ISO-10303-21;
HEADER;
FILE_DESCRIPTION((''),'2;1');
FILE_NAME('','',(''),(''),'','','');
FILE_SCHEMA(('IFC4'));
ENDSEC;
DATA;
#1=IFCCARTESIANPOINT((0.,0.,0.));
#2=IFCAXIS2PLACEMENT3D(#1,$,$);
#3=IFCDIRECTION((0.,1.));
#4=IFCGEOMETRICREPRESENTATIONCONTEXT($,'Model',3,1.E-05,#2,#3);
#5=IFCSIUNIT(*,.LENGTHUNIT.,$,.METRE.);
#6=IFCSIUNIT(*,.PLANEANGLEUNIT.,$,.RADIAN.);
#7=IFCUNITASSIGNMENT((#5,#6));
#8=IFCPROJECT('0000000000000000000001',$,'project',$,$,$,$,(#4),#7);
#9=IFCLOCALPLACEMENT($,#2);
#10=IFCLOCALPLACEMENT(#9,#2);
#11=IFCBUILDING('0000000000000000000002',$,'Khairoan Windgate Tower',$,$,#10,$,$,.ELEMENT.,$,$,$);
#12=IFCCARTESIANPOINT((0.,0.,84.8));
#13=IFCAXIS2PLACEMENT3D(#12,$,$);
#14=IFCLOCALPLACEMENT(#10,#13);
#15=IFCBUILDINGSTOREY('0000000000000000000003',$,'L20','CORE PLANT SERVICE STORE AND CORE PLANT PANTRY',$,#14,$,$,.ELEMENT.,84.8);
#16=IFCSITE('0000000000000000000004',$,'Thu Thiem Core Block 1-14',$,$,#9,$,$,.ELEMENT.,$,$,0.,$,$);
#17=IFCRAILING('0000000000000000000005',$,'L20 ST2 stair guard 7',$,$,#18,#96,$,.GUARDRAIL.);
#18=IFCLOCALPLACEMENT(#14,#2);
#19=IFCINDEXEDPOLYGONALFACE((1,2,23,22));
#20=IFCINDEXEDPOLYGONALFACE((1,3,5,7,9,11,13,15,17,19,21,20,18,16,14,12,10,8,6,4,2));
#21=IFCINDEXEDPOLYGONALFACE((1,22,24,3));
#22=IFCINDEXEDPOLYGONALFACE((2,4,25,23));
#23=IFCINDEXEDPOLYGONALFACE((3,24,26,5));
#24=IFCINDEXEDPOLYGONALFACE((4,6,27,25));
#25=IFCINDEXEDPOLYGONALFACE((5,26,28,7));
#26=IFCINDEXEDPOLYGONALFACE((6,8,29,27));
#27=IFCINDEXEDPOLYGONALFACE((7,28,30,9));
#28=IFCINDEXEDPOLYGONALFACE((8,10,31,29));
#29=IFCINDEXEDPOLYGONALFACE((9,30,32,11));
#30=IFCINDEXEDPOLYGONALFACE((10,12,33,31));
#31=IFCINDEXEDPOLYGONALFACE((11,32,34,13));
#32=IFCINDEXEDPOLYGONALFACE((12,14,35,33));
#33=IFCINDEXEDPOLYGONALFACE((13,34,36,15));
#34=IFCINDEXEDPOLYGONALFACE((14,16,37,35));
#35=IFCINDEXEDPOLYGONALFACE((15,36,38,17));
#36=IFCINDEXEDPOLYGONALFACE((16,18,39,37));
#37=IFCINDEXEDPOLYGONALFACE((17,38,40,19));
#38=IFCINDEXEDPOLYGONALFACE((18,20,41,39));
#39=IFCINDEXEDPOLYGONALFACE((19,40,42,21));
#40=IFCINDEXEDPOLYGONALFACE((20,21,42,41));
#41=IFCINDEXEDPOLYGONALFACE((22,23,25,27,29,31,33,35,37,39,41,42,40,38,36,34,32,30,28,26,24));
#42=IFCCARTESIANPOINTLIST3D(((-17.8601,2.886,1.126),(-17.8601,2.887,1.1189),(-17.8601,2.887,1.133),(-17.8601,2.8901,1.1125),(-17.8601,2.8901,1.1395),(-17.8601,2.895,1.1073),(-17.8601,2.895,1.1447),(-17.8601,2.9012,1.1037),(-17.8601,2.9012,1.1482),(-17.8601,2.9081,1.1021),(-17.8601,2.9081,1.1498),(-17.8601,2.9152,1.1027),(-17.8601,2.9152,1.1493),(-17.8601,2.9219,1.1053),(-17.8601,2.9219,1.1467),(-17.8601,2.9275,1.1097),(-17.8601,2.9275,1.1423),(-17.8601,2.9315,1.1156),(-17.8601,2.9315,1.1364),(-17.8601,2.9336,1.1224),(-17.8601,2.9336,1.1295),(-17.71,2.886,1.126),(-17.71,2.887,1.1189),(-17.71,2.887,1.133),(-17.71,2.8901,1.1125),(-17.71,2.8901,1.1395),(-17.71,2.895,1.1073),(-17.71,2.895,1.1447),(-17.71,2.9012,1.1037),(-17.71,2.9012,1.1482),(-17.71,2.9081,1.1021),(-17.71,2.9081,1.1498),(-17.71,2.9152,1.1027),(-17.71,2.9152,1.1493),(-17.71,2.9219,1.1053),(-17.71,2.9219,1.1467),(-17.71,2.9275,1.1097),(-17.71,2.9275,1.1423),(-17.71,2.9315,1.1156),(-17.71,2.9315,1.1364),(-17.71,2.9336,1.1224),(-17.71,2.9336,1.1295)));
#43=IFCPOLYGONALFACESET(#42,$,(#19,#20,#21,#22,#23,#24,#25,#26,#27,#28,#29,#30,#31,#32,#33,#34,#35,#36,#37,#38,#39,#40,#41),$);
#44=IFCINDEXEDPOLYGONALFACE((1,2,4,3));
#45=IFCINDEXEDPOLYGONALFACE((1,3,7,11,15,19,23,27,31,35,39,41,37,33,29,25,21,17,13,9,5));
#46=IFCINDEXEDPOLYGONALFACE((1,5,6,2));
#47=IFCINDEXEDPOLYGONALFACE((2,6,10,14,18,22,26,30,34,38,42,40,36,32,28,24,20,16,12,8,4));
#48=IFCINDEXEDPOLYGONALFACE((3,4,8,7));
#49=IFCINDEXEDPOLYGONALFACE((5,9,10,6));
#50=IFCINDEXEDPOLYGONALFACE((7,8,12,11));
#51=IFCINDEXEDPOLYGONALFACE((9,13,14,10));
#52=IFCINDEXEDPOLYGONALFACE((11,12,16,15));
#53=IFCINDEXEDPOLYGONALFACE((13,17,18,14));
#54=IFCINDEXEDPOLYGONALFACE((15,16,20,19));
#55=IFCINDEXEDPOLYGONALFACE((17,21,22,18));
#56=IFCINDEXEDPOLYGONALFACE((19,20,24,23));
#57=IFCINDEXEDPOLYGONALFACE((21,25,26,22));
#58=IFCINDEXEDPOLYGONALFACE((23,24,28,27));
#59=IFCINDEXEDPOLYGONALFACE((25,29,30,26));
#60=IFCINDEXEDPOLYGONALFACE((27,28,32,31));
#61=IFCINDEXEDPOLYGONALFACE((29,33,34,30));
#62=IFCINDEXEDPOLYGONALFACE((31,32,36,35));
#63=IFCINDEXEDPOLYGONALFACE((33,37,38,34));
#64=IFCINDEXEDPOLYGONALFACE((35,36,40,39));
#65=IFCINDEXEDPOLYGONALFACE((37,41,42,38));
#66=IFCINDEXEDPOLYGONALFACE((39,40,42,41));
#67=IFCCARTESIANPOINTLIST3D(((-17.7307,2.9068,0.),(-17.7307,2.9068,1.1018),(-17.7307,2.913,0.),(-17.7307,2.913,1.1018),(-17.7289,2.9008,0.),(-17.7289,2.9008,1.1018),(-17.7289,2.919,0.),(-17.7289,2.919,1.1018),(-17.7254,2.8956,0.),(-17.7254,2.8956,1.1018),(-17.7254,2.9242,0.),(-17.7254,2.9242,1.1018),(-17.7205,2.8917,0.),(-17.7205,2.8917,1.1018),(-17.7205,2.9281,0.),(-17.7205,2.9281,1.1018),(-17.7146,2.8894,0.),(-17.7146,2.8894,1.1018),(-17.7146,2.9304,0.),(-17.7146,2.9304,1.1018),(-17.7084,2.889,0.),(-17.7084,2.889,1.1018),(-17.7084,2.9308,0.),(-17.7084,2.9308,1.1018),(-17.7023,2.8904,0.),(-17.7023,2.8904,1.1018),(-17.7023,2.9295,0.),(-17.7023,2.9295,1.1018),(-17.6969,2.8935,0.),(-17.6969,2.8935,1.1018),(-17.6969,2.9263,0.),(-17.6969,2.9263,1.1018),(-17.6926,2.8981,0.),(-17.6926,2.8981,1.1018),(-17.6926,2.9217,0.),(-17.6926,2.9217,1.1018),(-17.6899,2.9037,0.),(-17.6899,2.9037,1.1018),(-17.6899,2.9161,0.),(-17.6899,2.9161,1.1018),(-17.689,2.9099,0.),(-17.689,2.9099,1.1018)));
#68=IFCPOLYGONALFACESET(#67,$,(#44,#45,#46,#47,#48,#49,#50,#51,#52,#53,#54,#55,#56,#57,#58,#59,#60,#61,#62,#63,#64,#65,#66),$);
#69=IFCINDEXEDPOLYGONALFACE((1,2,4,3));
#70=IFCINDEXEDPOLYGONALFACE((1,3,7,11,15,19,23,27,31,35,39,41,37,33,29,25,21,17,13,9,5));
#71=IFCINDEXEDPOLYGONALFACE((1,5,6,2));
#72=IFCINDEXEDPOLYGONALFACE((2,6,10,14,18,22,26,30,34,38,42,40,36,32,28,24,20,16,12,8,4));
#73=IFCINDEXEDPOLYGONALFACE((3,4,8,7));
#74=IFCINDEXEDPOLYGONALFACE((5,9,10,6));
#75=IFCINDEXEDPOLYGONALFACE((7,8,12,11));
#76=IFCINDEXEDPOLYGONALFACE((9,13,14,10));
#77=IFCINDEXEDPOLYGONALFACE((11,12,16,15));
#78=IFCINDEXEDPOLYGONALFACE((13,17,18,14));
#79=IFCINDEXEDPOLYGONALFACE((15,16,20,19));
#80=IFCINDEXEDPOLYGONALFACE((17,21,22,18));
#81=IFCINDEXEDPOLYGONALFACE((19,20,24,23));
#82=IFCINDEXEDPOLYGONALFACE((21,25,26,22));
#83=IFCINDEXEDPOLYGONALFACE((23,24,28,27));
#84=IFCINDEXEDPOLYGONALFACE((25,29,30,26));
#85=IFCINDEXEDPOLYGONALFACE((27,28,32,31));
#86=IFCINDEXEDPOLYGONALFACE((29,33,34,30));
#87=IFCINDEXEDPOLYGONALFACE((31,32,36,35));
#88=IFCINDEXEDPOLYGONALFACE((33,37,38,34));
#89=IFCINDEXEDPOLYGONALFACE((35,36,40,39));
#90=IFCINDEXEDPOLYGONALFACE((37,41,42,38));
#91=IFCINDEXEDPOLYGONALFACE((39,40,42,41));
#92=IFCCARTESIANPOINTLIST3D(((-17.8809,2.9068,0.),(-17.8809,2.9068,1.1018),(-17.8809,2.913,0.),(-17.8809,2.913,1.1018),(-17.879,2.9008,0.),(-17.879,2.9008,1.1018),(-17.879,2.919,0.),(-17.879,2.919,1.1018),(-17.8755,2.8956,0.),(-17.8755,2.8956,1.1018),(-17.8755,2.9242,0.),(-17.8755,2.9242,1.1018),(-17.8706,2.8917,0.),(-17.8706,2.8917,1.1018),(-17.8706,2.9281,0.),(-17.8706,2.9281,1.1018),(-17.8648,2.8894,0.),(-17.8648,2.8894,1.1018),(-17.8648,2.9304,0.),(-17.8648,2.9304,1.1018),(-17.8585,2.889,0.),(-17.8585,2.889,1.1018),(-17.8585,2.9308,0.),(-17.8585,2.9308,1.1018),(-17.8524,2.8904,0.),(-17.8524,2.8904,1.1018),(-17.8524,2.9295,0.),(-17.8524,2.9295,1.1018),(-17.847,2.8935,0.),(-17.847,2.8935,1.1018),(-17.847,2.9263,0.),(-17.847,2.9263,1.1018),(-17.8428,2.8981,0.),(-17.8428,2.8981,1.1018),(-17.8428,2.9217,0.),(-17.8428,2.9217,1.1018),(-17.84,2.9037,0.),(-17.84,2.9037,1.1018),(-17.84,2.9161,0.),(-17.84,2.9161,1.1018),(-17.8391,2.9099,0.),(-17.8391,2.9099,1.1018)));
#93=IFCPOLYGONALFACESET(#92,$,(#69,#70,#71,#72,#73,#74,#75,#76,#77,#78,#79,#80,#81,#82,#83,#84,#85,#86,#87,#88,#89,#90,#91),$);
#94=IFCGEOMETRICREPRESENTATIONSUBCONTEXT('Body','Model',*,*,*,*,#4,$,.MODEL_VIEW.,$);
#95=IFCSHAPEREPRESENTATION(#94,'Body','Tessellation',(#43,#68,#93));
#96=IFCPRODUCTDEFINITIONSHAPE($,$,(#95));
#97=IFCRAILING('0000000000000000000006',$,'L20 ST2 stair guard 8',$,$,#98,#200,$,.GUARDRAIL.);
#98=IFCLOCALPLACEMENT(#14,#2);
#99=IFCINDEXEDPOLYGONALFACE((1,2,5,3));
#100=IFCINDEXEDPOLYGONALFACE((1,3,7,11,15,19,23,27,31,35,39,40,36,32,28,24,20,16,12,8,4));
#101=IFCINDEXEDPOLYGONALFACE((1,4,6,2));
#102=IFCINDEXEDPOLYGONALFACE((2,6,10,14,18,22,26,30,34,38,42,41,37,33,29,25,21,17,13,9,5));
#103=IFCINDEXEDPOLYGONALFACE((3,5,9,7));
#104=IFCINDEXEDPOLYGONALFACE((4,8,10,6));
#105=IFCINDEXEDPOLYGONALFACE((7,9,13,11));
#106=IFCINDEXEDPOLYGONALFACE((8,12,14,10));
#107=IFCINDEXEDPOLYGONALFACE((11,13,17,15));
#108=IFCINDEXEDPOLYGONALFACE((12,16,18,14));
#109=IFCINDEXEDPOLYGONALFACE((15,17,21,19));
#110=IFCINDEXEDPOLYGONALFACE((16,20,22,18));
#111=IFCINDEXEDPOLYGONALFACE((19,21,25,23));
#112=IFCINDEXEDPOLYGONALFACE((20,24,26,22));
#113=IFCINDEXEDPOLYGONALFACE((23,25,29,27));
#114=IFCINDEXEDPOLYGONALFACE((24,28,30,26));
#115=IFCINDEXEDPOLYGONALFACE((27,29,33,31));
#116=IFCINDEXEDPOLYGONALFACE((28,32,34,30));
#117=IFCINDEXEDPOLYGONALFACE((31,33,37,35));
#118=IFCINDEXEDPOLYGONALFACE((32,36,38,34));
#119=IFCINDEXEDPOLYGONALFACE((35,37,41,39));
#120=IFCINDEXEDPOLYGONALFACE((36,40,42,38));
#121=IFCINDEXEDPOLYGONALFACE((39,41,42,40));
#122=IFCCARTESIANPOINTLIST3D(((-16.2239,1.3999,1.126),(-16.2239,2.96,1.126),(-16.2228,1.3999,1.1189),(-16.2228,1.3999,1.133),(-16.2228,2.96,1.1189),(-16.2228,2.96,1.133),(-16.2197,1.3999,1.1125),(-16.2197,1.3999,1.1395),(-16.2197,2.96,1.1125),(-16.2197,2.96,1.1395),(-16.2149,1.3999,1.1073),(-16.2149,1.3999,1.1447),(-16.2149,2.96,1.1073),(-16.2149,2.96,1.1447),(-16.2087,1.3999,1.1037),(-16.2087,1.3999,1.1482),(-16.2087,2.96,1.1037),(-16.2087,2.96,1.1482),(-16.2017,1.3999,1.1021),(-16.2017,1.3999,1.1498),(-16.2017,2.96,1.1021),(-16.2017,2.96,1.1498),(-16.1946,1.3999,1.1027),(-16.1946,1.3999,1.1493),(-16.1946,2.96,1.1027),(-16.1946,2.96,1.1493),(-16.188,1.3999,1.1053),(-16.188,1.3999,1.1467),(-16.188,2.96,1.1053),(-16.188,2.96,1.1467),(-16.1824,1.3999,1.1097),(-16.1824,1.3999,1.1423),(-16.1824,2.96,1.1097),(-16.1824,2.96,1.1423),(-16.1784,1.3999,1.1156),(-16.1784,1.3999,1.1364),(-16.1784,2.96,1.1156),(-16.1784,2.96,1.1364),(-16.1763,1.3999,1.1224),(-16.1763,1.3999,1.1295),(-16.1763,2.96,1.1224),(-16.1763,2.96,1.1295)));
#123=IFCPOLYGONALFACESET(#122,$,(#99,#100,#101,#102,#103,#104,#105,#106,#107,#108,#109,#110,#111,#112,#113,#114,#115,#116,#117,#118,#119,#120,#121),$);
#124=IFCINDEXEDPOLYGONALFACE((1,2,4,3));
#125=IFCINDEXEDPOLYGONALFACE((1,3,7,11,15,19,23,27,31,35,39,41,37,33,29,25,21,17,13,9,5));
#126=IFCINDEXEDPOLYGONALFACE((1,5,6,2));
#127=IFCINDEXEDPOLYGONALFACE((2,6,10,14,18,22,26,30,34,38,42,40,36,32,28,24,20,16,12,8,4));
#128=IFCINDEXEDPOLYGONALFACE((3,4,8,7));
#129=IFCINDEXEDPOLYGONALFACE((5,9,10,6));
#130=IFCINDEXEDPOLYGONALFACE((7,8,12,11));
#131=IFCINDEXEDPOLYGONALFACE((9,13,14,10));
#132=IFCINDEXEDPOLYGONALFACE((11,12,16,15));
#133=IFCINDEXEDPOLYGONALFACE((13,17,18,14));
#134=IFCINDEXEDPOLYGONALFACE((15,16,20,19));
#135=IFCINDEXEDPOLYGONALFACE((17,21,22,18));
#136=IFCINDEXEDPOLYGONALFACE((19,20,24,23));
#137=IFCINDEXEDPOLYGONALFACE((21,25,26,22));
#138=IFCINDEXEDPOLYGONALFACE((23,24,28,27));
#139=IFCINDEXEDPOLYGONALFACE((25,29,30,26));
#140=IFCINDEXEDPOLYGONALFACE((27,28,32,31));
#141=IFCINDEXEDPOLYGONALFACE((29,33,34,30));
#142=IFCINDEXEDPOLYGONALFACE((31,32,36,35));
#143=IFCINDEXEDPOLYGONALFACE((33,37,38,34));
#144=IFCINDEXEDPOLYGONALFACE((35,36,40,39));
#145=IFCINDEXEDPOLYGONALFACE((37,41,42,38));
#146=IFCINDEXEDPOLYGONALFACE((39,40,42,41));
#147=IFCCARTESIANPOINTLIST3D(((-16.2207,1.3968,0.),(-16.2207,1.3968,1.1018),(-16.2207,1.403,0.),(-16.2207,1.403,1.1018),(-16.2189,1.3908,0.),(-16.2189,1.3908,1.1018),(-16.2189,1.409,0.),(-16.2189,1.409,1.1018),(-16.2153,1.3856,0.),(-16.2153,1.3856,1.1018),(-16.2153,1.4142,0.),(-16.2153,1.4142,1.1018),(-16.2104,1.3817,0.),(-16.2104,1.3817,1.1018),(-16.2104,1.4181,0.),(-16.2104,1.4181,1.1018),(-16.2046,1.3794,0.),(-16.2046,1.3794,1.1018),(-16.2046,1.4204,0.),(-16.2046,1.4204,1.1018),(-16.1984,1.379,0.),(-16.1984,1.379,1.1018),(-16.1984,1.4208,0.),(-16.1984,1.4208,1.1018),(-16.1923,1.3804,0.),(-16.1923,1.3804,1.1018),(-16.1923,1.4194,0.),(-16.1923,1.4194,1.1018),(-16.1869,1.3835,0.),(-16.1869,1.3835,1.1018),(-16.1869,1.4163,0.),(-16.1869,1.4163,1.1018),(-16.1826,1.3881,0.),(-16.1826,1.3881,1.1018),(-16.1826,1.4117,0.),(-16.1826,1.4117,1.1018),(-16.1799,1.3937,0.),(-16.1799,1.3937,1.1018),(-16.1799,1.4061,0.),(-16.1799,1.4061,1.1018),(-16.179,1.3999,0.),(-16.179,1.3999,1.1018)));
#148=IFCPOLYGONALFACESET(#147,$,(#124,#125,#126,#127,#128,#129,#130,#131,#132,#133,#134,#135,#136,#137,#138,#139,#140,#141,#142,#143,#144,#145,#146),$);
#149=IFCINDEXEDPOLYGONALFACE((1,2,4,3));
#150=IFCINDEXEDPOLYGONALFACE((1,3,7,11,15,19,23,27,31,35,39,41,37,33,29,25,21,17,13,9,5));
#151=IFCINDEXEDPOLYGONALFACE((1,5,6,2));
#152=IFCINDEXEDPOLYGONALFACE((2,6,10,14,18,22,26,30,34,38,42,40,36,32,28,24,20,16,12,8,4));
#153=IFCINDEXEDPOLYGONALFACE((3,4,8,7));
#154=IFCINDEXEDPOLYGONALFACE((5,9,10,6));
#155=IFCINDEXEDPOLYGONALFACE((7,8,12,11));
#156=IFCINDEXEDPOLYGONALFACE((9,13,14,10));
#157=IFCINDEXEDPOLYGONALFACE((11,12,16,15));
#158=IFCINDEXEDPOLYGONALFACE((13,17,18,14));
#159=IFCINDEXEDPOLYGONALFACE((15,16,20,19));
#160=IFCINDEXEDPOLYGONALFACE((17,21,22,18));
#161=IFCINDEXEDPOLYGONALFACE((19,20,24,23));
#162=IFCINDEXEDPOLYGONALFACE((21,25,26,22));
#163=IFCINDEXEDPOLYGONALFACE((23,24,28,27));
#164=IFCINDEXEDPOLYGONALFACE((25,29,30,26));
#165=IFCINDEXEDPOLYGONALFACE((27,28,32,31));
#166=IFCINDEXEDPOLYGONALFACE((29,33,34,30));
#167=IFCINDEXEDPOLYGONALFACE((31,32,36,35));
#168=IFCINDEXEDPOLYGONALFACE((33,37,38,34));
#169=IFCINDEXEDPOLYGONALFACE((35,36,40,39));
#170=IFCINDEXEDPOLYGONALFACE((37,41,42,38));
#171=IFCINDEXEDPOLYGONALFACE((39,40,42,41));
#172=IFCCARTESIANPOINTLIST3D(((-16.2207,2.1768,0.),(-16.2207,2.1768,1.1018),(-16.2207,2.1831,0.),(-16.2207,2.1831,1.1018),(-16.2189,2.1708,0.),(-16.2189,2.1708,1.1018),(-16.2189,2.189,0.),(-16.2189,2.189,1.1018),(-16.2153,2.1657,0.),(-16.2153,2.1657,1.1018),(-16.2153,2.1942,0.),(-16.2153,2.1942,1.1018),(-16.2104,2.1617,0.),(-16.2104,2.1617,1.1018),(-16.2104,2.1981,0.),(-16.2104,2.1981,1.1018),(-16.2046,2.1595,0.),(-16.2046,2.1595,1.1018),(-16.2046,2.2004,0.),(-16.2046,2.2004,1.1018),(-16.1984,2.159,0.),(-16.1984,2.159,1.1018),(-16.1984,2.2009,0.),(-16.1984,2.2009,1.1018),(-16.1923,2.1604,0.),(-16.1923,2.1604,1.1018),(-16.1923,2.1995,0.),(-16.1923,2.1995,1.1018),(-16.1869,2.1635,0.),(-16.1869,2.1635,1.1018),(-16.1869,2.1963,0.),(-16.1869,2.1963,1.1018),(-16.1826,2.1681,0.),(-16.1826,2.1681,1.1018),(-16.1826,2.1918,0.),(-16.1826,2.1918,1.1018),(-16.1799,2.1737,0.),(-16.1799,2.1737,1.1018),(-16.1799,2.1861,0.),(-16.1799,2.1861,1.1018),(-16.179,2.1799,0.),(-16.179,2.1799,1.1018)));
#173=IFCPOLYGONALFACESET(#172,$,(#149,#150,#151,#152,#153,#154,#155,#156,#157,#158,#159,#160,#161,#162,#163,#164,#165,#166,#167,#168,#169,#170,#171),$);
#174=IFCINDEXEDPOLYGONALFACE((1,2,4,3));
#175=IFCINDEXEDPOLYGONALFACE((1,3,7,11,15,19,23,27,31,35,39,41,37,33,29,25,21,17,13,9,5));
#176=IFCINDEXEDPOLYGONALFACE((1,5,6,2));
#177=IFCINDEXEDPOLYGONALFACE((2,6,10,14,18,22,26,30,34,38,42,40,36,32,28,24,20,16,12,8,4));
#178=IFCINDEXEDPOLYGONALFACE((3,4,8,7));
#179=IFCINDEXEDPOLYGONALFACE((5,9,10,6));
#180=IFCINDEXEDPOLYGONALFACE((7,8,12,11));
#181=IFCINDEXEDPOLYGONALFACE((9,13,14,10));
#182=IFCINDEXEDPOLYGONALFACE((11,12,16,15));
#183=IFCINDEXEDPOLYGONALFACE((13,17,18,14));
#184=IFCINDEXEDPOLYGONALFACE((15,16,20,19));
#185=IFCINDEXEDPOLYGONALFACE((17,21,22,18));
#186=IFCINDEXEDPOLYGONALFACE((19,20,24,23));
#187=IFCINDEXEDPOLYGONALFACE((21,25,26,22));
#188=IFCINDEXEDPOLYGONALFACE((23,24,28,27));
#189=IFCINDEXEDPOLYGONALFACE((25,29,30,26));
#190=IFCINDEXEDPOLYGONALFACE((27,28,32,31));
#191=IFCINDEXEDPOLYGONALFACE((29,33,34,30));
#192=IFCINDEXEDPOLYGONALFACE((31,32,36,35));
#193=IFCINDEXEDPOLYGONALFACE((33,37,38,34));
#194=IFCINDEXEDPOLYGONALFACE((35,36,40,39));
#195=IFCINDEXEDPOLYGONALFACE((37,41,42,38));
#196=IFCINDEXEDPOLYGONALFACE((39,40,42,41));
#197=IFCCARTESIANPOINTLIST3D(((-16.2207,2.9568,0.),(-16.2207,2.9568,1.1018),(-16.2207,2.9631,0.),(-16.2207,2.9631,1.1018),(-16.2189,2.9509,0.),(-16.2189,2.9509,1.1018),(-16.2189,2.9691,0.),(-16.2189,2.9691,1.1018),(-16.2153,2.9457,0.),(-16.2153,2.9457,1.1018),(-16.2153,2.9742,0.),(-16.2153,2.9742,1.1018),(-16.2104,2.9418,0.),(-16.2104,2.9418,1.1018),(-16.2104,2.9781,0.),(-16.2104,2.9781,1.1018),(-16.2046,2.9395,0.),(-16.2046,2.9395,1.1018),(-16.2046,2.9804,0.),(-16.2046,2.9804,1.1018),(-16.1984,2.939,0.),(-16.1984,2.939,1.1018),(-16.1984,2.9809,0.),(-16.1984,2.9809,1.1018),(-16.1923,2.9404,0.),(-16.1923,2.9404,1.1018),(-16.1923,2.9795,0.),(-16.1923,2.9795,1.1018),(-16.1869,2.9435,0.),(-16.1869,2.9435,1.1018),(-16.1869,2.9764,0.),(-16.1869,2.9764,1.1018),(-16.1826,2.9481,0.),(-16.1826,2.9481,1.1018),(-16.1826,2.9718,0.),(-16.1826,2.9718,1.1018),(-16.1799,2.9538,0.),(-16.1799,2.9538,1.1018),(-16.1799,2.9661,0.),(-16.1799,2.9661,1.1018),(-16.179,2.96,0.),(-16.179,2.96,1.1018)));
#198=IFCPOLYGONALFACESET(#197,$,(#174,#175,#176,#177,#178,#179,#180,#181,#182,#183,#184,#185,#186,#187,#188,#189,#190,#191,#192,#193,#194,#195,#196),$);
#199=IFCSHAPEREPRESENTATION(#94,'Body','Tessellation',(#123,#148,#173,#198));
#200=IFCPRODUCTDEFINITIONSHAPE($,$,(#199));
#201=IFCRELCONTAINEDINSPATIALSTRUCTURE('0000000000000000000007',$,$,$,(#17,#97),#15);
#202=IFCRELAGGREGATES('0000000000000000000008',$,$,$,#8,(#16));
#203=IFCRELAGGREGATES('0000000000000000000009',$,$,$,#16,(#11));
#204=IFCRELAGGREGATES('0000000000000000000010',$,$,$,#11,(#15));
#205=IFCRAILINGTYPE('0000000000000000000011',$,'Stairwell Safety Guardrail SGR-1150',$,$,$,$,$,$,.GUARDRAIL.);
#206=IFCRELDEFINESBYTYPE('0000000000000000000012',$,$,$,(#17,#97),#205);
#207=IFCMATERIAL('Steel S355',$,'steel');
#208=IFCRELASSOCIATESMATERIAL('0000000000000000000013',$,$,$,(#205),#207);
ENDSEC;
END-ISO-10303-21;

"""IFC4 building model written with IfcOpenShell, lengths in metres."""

from ifc_helpers import new_model, si_unit, direction, frame, origin, origin_2d, place, context, subcontext, project, spatial, circle, extrude, material, type_object, element, save


model = new_model("IFC4")

# Units and contexts
model_context = context("Model", 3, precision=1e-05, world=origin(), true_north=direction((0.0, 1.0)))
body_context = subcontext(model_context, "Body", "Model", "MODEL_VIEW")
ifc_project = project(units=[si_unit("LENGTHUNIT", "METRE"), si_unit("PLANEANGLEUNIT", "RADIAN")], contexts=[model_context])

# Site, building, storey
site_placement = place(None, origin())
site = spatial("IfcSite", under=ifc_project, at=site_placement, Name="Thu Thiem Core Block 1-14", CompositionType="ELEMENT", RefElevation=0.0)
building_placement = place(site_placement, origin())
building = spatial("IfcBuilding", under=site, at=building_placement, Name="Khairoan Windgate Tower", CompositionType="ELEMENT")
storey_placement = place(building_placement, frame((0.0, 0.0, 84.8)))
storey = spatial("IfcBuildingStorey", under=building, at=storey_placement, Name="L20", Description="CORE PLANT SERVICE STORE AND CORE PLANT PANTRY", CompositionType="ELEMENT", Elevation=84.8)

# Railings
ifc_material_1 = material(Name="Steel S355", Category="steel")
railing_type_1 = type_object("IfcRailingType", Name="Stairwell Safety Guardrail SGR-1150", PredefinedType="GUARDRAIL", material=ifc_material_1)
railing_1_placement = place(storey_placement, frame((-17.71, 2.9099, 0.0)))
element("IfcRailing", 1, at=railing_1_placement, inside=storey, type_object=railing_type_1, Name="L20 ST2 stair guard 7", PredefinedType="GUARDRAIL", context=body_context, shape_type="SweptSolid", body=[
    extrude(circle(Radius=0.0239, at=origin_2d()), frame((0.0, 0.0, 1.126), z_axis=(-1.0, 0.0, 0.0), x_axis=(0.0, -1.0, 0.0)), (0.0, 0.0, 1.0), 0.1501),
    extrude(circle(Radius=0.021, at=origin_2d()), origin(), (0.0, 0.0, 1.0), 1.1018),
    extrude(circle(Radius=0.021, at=origin_2d()), frame((-0.1501, 0.0, 0.0)), (0.0, 0.0, 1.0), 1.1018),
])
for number, where, name in (
    (2, (-16.2, 1.3999, 0.0), "L20 ST2 stair guard 8"),
):
    element("IfcRailing", number, at=place(storey_placement, frame(where)), inside=storey, type_object=railing_type_1, Name=name, PredefinedType="GUARDRAIL", context=body_context, shape_type="SweptSolid", body=[
        extrude(circle(Radius=0.0239, at=origin_2d()), frame((0.0, 0.0, 1.126), z_axis=(0.0, 1.0, 0.0), x_axis=(-1.0, 0.0, 0.0)), (0.0, 0.0, 1.0), 1.5601),
        extrude(circle(Radius=0.021, at=origin_2d()), origin(), (0.0, 0.0, 1.0), 1.1018),
        extrude(circle(Radius=0.021, at=origin_2d()), frame((0.0, 0.78, 0.0)), (0.0, 0.0, 1.0), 1.1018),
        extrude(circle(Radius=0.021, at=origin_2d()), frame((0.0, 1.5601, 0.0)), (0.0, 0.0, 1.0), 1.1018),
    ])

save(model, "model.ifc")
